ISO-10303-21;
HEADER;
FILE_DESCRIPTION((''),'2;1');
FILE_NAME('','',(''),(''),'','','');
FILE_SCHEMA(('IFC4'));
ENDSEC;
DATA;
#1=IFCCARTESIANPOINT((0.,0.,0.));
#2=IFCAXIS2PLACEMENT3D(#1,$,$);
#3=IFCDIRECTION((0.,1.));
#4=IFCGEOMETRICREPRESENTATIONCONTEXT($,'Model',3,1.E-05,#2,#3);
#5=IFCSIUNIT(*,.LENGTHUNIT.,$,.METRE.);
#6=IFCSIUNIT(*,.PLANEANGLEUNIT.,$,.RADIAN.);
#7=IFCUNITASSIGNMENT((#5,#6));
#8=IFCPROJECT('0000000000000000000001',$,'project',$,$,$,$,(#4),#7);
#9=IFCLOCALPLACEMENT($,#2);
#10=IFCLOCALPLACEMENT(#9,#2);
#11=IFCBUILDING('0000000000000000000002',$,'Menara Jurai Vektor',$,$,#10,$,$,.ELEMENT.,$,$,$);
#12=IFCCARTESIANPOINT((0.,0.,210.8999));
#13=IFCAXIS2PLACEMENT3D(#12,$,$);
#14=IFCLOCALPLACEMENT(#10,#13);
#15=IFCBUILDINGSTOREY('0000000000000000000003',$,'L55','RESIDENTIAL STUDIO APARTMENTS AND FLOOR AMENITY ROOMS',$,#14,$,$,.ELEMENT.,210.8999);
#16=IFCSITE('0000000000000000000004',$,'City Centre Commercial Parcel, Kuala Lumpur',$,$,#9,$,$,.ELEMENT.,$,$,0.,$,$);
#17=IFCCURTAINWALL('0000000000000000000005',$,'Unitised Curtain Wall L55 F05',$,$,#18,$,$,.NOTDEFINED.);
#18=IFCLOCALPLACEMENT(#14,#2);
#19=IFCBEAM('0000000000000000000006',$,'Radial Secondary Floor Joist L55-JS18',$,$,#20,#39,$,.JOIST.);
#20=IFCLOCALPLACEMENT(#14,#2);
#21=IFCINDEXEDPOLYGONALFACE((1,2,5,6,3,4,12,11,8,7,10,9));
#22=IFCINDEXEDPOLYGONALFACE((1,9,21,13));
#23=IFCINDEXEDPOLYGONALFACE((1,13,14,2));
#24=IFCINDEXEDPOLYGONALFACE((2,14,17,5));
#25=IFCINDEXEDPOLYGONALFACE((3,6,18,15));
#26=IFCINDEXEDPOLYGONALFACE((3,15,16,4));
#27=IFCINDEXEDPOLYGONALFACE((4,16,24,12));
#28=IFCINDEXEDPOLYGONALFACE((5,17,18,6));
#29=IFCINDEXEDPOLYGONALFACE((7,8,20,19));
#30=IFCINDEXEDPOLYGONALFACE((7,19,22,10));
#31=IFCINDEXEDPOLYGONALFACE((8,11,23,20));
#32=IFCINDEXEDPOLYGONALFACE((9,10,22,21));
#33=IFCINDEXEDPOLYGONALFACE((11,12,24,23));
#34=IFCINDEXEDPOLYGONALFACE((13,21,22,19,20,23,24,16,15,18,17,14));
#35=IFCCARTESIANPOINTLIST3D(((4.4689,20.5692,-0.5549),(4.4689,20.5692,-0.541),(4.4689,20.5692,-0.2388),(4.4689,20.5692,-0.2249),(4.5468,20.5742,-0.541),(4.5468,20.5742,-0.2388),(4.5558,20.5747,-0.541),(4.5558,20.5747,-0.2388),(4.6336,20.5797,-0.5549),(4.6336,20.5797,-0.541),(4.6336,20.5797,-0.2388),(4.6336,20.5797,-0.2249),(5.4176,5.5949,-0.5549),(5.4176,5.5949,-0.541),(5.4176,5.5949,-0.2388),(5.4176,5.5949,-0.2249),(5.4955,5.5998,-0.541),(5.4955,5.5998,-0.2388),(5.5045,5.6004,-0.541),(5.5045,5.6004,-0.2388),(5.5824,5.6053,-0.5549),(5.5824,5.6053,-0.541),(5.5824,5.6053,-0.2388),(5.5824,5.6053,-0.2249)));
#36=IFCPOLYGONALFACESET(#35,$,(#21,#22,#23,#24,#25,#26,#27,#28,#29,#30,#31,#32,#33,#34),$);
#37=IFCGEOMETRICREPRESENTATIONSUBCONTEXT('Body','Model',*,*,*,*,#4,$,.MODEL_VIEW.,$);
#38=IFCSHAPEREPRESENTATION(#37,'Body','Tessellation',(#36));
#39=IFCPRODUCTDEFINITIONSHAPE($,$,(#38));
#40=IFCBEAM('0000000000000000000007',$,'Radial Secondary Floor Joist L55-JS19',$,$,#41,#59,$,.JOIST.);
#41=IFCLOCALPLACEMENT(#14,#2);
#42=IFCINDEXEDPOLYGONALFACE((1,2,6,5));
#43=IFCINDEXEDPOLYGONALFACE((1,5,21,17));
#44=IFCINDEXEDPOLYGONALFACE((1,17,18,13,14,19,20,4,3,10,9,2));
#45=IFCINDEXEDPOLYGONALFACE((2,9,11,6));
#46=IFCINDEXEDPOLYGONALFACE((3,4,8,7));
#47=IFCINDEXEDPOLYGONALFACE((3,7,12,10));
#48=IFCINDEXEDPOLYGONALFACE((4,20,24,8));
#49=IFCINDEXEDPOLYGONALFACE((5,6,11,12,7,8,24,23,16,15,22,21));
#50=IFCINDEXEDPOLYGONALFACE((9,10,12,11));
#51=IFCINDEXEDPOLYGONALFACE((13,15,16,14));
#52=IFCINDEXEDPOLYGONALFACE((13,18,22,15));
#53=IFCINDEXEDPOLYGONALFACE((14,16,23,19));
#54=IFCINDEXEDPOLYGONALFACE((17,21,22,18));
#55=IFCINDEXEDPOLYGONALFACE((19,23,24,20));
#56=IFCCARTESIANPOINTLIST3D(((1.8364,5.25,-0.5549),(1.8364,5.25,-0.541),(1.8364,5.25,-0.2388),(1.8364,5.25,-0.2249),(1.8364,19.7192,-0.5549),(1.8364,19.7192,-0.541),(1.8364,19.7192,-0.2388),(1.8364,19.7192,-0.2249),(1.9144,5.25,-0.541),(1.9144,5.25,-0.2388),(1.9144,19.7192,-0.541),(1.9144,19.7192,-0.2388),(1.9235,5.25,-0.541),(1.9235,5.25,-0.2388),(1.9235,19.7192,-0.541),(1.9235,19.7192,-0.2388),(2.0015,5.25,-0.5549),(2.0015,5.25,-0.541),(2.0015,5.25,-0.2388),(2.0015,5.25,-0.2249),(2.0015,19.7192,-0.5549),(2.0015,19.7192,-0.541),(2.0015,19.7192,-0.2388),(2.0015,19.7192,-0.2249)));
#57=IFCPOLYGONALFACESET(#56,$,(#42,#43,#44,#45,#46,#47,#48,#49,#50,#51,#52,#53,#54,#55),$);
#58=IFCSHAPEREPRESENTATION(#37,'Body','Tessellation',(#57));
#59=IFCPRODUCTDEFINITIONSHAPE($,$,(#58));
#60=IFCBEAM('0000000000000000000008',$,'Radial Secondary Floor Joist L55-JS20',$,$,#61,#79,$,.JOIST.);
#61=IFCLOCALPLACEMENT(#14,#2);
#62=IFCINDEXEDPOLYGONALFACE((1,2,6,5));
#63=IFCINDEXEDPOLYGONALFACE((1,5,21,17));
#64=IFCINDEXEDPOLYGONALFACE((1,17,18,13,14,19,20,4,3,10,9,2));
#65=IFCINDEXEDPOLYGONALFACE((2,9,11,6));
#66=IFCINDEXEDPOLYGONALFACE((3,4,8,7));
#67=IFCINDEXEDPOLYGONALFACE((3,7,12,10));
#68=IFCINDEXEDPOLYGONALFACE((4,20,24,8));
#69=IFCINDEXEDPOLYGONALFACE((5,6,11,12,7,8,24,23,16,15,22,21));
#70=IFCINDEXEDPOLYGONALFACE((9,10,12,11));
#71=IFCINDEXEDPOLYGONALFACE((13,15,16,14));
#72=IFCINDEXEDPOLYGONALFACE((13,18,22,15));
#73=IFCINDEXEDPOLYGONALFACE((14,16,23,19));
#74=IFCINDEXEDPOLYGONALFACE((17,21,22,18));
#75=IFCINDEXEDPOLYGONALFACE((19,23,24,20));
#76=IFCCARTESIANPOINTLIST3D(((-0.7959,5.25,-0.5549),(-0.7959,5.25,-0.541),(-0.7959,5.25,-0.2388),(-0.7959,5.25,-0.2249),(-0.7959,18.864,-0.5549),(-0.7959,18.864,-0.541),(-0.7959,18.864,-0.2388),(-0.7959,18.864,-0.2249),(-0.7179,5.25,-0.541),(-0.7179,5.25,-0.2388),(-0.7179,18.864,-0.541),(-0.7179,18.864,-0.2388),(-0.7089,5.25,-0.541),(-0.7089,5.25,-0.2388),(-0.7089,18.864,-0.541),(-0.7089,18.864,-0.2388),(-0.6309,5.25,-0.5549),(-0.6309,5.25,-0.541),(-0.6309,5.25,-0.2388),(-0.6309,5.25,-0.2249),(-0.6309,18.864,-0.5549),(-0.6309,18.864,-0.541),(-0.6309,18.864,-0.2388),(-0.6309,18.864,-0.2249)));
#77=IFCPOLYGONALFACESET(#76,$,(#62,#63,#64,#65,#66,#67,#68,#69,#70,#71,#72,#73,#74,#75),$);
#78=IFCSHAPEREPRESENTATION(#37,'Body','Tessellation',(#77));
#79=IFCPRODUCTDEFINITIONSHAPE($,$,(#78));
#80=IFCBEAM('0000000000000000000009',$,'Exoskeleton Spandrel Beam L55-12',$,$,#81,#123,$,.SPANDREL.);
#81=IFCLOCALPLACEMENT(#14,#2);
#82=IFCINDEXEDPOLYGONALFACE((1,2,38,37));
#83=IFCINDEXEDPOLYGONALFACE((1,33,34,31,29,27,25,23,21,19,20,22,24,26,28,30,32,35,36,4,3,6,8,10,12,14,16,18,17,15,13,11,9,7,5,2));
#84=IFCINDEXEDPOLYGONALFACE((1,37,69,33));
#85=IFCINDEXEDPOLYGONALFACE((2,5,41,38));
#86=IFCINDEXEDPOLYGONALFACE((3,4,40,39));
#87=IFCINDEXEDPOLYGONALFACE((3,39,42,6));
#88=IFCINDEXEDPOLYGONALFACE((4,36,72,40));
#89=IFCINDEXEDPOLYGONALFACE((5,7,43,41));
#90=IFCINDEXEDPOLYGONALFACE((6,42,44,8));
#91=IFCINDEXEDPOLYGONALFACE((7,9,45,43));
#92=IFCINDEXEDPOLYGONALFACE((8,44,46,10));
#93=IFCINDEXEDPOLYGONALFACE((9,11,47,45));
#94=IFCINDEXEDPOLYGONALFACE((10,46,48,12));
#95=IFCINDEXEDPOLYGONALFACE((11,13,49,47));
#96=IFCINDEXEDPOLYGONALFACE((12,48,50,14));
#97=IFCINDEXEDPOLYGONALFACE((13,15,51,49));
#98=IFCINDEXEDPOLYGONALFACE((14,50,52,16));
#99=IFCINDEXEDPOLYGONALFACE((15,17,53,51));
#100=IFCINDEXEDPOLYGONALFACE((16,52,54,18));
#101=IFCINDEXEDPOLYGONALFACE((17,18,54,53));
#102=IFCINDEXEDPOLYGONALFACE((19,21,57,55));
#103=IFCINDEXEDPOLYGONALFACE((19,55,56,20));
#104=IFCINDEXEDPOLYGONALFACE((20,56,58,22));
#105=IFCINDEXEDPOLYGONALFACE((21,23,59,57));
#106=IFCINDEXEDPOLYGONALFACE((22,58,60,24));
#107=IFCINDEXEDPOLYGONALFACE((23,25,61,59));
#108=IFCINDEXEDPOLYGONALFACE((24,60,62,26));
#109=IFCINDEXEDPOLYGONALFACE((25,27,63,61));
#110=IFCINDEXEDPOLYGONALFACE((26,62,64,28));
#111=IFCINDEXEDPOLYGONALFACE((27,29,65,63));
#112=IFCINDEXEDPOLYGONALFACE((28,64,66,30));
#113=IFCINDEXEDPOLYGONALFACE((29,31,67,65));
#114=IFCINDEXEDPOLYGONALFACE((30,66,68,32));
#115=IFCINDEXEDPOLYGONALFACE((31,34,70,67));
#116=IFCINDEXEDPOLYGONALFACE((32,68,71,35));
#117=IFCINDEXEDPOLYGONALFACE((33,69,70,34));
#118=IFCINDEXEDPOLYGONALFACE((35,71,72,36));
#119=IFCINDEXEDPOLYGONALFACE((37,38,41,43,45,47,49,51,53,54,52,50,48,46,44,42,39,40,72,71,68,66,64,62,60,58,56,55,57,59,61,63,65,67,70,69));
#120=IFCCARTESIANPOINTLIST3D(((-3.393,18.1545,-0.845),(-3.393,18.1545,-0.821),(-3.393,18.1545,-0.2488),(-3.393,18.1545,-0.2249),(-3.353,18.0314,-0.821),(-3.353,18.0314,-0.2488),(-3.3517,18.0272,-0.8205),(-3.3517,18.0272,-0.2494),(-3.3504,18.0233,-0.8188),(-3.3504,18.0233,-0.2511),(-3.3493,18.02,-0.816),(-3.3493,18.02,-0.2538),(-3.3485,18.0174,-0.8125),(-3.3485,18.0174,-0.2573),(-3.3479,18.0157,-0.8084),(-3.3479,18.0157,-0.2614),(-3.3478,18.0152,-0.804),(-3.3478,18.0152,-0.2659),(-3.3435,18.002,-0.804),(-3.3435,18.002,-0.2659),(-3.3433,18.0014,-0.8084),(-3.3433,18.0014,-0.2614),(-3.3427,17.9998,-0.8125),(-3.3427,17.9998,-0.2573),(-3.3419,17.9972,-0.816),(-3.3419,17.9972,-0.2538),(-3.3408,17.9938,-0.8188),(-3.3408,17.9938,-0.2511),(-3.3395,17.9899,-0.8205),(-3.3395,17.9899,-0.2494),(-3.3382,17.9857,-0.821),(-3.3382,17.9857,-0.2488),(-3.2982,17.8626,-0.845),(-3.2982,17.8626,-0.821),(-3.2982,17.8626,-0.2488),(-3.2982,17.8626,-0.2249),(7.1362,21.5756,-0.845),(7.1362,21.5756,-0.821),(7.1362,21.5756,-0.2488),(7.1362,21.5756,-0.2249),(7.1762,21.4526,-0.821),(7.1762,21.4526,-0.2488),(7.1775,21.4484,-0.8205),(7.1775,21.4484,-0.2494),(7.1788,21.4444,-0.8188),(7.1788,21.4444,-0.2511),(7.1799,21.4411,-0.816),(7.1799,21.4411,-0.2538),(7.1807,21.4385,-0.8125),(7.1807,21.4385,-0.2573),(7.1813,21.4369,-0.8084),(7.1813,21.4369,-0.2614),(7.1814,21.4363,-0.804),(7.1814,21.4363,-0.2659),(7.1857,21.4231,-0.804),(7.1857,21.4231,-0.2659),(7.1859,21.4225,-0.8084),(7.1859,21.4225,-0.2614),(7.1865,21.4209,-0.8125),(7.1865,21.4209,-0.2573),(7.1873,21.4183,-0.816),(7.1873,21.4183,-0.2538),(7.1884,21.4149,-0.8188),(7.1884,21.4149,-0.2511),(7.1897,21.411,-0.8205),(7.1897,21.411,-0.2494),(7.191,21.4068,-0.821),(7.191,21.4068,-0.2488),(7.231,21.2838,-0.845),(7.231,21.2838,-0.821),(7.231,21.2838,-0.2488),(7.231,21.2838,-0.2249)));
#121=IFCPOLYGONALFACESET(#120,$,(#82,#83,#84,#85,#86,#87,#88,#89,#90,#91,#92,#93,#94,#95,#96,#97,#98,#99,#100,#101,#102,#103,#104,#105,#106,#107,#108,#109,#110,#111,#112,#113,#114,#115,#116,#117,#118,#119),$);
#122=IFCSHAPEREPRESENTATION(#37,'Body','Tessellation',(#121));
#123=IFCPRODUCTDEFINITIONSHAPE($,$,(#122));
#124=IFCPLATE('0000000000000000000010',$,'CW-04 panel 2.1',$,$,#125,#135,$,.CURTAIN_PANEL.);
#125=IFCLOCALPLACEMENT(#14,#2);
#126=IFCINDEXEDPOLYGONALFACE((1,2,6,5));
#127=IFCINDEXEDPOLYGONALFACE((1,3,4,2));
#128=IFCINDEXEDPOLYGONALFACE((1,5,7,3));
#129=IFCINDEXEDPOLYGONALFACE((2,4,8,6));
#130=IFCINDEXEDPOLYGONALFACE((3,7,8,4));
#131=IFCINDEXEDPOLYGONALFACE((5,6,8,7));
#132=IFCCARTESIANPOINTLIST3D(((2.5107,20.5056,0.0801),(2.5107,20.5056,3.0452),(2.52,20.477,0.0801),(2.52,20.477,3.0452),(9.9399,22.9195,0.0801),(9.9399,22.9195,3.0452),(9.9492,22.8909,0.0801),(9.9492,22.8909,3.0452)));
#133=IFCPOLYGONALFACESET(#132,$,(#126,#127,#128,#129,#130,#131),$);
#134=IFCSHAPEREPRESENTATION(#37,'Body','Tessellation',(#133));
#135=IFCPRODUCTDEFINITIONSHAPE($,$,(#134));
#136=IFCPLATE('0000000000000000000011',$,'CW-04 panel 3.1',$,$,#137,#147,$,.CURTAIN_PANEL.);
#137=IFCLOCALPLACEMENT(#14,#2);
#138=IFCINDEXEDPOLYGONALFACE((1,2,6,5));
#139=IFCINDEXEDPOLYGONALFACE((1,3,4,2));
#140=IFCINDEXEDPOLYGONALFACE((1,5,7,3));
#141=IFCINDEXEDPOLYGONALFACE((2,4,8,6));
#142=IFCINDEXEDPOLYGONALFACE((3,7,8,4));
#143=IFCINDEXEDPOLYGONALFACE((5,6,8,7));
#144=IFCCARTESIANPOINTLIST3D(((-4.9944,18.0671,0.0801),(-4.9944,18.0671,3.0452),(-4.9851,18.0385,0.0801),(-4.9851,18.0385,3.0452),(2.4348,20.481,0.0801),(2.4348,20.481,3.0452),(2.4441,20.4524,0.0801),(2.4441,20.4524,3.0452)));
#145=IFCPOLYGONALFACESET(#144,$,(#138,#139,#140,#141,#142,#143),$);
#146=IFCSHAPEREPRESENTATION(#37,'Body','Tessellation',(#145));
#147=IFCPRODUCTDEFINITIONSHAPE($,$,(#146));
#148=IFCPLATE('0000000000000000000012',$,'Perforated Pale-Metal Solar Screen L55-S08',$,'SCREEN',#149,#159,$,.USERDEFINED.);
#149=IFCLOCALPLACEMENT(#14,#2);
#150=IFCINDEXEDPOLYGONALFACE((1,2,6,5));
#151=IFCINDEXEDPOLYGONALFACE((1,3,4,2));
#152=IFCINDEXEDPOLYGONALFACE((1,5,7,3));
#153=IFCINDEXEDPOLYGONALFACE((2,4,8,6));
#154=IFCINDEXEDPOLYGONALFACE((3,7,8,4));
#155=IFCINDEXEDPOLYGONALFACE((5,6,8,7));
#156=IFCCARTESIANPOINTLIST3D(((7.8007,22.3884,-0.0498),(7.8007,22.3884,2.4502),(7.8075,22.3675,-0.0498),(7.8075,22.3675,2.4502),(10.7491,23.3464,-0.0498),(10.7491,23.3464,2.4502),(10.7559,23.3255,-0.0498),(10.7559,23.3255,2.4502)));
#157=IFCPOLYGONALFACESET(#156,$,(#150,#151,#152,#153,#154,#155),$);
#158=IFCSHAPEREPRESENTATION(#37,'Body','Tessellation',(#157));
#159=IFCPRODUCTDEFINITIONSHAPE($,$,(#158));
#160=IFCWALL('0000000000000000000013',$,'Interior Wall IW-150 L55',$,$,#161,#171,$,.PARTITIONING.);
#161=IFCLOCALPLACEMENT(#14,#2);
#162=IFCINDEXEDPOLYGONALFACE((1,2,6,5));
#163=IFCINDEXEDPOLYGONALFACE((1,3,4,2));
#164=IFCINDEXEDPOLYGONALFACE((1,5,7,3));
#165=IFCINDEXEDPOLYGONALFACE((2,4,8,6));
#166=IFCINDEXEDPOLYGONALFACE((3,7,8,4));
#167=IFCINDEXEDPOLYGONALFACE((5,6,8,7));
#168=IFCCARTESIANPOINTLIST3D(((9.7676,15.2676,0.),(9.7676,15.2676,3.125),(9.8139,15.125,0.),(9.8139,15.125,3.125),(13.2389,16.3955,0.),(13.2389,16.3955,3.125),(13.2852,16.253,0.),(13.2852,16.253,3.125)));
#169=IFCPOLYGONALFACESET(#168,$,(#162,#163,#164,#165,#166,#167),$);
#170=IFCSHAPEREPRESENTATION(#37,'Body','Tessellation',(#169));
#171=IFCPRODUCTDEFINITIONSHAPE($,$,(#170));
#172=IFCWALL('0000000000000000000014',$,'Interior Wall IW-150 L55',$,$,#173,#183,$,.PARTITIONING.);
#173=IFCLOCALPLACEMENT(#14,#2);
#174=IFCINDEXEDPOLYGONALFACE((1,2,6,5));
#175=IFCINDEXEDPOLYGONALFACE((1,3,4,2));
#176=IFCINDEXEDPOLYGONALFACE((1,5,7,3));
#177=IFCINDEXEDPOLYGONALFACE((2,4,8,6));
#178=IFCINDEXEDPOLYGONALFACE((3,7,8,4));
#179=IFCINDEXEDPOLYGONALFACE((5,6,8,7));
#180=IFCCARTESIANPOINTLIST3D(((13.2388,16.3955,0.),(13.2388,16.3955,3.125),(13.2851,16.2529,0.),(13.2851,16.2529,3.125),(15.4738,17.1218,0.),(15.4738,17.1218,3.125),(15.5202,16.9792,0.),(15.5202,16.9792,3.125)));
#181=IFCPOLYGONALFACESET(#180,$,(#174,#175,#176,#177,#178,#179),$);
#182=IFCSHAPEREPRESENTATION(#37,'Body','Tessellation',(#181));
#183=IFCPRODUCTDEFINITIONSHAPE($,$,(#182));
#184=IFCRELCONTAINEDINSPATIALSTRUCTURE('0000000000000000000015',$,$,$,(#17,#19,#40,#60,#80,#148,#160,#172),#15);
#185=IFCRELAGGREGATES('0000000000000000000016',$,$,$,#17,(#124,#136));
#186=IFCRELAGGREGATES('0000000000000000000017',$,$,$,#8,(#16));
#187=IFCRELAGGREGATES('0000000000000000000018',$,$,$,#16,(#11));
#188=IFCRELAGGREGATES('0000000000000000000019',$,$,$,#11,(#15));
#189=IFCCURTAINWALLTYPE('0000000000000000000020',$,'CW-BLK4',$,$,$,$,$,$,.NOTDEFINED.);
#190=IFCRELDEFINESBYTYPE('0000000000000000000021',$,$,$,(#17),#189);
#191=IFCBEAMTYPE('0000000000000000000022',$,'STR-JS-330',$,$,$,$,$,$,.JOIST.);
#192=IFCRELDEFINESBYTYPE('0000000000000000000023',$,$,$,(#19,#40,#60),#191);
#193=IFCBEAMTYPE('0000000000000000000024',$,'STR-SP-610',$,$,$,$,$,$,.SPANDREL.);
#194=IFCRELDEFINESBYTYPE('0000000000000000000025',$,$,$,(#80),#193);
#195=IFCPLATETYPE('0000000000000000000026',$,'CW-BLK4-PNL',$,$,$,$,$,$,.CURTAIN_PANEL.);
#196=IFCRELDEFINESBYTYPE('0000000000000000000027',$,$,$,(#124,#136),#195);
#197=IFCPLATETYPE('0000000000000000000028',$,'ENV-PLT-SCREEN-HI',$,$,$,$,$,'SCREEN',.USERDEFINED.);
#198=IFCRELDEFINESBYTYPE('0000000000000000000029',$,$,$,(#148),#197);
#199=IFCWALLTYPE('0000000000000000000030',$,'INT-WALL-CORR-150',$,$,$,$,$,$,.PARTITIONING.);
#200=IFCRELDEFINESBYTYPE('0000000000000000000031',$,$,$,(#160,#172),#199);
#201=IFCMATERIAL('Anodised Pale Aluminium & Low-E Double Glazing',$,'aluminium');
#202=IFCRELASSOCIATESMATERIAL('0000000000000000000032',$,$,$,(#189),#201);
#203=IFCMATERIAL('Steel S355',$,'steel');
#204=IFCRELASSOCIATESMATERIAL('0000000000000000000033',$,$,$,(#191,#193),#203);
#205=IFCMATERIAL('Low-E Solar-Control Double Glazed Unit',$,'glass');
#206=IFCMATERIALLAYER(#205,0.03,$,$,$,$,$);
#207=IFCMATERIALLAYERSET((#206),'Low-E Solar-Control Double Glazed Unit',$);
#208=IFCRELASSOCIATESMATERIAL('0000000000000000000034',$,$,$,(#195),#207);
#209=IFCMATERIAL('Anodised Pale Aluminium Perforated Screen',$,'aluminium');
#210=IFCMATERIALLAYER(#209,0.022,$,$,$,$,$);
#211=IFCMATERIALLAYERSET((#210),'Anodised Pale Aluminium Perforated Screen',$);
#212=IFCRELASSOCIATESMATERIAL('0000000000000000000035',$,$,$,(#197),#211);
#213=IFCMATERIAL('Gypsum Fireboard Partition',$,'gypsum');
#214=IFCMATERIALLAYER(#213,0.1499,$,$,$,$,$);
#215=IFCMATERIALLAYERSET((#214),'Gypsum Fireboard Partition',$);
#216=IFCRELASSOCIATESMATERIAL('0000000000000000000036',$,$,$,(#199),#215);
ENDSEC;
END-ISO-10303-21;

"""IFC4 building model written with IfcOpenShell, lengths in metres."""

from ifc_helpers import new_model, si_unit, direction, frame, frame_2d, origin, origin_2d, place, context, subcontext, project, spatial, rectangle, i_section, extrude, material, layer, layer_set, material_profile, profile_set, type_object, element, aggregate, save


model = new_model("IFC4")

# Units and contexts
model_context = context("Model", 3, precision=1e-05, world=origin(), true_north=direction((0.0, 1.0)))
body_context = subcontext(model_context, "Body", "Model", "MODEL_VIEW")
ifc_project = project(units=[si_unit("LENGTHUNIT", "METRE"), si_unit("PLANEANGLEUNIT", "RADIAN")], contexts=[model_context])

# Site, building, storey
site_placement = place(None, origin())
site = spatial("IfcSite", under=ifc_project, at=site_placement, Name="City Centre Commercial Parcel, Kuala Lumpur", CompositionType="ELEMENT", RefElevation=0.0)
building_placement = place(site_placement, origin())
building = spatial("IfcBuilding", under=site, at=building_placement, Name="Menara Jurai Vektor", CompositionType="ELEMENT")
storey_placement = place(building_placement, frame((0.0, 0.0, 210.8999)))
storey = spatial("IfcBuildingStorey", under=building, at=storey_placement, Name="L55", Description="RESIDENTIAL STUDIO APARTMENTS AND FLOOR AMENITY ROOMS", CompositionType="ELEMENT", Elevation=210.8999)

# Curtain wall
ifc_material_1 = material(Name="Anodised Pale Aluminium & Low-E Double Glazing", Category="aluminium")
curtain_wall_type = type_object("IfcCurtainWallType", Name="CW-BLK4", PredefinedType="NOTDEFINED", material=ifc_material_1)
curtain_wall_placement = place(storey_placement, origin())
curtain_wall = element("IfcCurtainWall", 1, at=curtain_wall_placement, inside=storey, type_object=curtain_wall_type, Name="Unitised Curtain Wall L55 F05", PredefinedType="NOTDEFINED")

# Beams
ifc_material_2 = material(Name="Steel S355", Category="steel")
ifc_material_profile_1 = material_profile(ifc_material_2, i_section(OverallWidth=0.165, OverallDepth=0.3301, WebThickness=0.009, FlangeThickness=0.0139, at=origin_2d()), Name="PG 330x165x46")
ifc_profile_set_1 = profile_set([ifc_material_profile_1], Name="Steel S355")
beam_type_1 = type_object("IfcBeamType", Name="STR-JS-330", PredefinedType="JOIST", material=ifc_profile_set_1)
beam_1_placement = place(storey_placement, frame((4.5513, 20.5745, -0.3899), z_axis=(0.06323, -0.997999, 0.0), x_axis=(0.997999, 0.06323, 0.0)))
element("IfcBeam", 2, at=beam_1_placement, inside=storey, type_object=beam_type_1, Name="Radial Secondary Floor Joist L55-JS18", PredefinedType="JOIST", context=body_context, shape_type="SweptSolid", body=[
    extrude(i_section(OverallWidth=0.165, OverallDepth=0.3301, WebThickness=0.009, FlangeThickness=0.0139, at=origin_2d()), origin(), (0.0, 0.0, 1.0), 15.0044),
])
beam_2_placement = place(storey_placement, frame((1.9189, 19.7192, -0.3899), z_axis=(0.0, -1.0, 0.0), x_axis=(1.0, 0.0, 0.0)))
element("IfcBeam", 3, at=beam_2_placement, inside=storey, type_object=beam_type_1, Name="Radial Secondary Floor Joist L55-JS19", PredefinedType="JOIST", context=body_context, shape_type="SweptSolid", body=[
    extrude(i_section(OverallWidth=0.165, OverallDepth=0.3301, WebThickness=0.009, FlangeThickness=0.0139, at=origin_2d()), origin(), (0.0, 0.0, 1.0), 14.4692),
])
beam_3_placement = place(storey_placement, frame((-0.7134, 18.864, -0.3899), z_axis=(0.0, -1.0, 0.0), x_axis=(1.0, 0.0, 0.0)))
element("IfcBeam", 4, at=beam_3_placement, inside=storey, type_object=beam_type_1, Name="Radial Secondary Floor Joist L55-JS20", PredefinedType="JOIST", context=body_context, shape_type="SweptSolid", body=[
    extrude(i_section(OverallWidth=0.165, OverallDepth=0.3301, WebThickness=0.009, FlangeThickness=0.0139, at=origin_2d()), origin(), (0.0, 0.0, 1.0), 13.614),
])
ifc_material_profile_2 = material_profile(ifc_material_2, i_section(OverallWidth=0.3069, OverallDepth=0.6201, WebThickness=0.0139, FlangeThickness=0.0239, FilletRadius=0.0171, at=origin_2d()), Name="UKB 610x305x179")
ifc_profile_set_2 = profile_set([ifc_material_profile_2], Name="Steel S355")
beam_type_2 = type_object("IfcBeamType", Name="STR-SP-610", PredefinedType="SPANDREL", material=ifc_profile_set_2)
beam_4_placement = place(storey_placement, frame((7.1836, 21.4297, -0.5349), z_axis=(-0.951057, -0.309014, 0.0), x_axis=(0.309014, -0.951057, 0.0)))
element("IfcBeam", 5, at=beam_4_placement, inside=storey, type_object=beam_type_2, Name="Exoskeleton Spandrel Beam L55-12", PredefinedType="SPANDREL", context=body_context, shape_type="SweptSolid", body=[
    extrude(i_section(OverallWidth=0.3069, OverallDepth=0.6201, WebThickness=0.0139, FlangeThickness=0.0239, FilletRadius=0.0171, at=origin_2d()), origin(), (0.0, 0.0, 1.0), 11.071),
])

# Plates
ifc_material_3 = material(Name="Low-E Solar-Control Double Glazed Unit", Category="glass")
ifc_layer_1 = layer(ifc_material_3, 0.03)
ifc_layer_set_1 = layer_set([ifc_layer_1], Name="Low-E Solar-Control Double Glazed Unit")
plate_type_1 = type_object("IfcPlateType", Name="CW-BLK4-PNL", PredefinedType="CURTAIN_PANEL", material=ifc_layer_set_1)
plate_1_placement = place(storey_placement, frame((6.23, 21.6982, 0.0801), z_axis=(0.0, 0.0, 1.0), x_axis=(-0.951056, -0.309017, 0.0)))
plate_1 = element("IfcPlate", 6, at=plate_1_placement, type_object=plate_type_1, Name="CW-04 panel 2.1", PredefinedType="CURTAIN_PANEL", context=body_context, shape_type="SweptSolid", body=[
    extrude(rectangle(XDim=7.8115, YDim=0.03, at=origin_2d()), origin(), (0.0, 0.0, 1.0), 2.9651),
])
plate_2_placement = place(storey_placement, frame((-1.2751, 19.2598, 0.0801), z_axis=(0.0, 0.0, 1.0), x_axis=(-0.951056, -0.309017, 0.0)))
plate_2 = element("IfcPlate", 7, at=plate_2_placement, type_object=plate_type_1, Name="CW-04 panel 3.1", PredefinedType="CURTAIN_PANEL", context=body_context, shape_type="SweptSolid", body=[
    extrude(rectangle(XDim=7.8115, YDim=0.03, at=origin_2d()), origin(), (0.0, 0.0, 1.0), 2.9651),
])
aggregate(curtain_wall, [plate_1, plate_2])
ifc_material_4 = material(Name="Anodised Pale Aluminium Perforated Screen", Category="aluminium")
ifc_layer_2 = layer(ifc_material_4, 0.022)
ifc_layer_set_2 = layer_set([ifc_layer_2], Name="Anodised Pale Aluminium Perforated Screen")
plate_type_2 = type_object("IfcPlateType", Name="ENV-PLT-SCREEN-HI", ElementType="SCREEN", PredefinedType="USERDEFINED", material=ifc_layer_set_2)
plate_3_placement = place(storey_placement, frame((9.2783, 22.8569, -0.0498), z_axis=(0.0, 0.0, 1.0), x_axis=(-0.951057, -0.309017, 0.0)))
element("IfcPlate", 8, at=plate_3_placement, inside=storey, type_object=plate_type_2, Name="Perforated Pale-Metal Solar Screen L55-S08", ObjectType="SCREEN", PredefinedType="USERDEFINED", context=body_context, shape_type="SweptSolid", body=[
    extrude(rectangle(XDim=3.1001, YDim=0.022, at=origin_2d()), origin(), (0.0, 0.0, 1.0), 2.5),
])

# Walls
ifc_material_5 = material(Name="Gypsum Fireboard Partition", Category="gypsum")
ifc_layer_3 = layer(ifc_material_5, 0.1499)
ifc_layer_set_3 = layer_set([ifc_layer_3], Name="Gypsum Fireboard Partition")
wall_type = type_object("IfcWallType", Name="INT-WALL-CORR-150", PredefinedType="PARTITIONING", material=ifc_layer_set_3)
wall_1_placement = place(storey_placement, frame((9.7908, 15.1963, 0.0), z_axis=(0.0, 0.0, 1.0), x_axis=(0.951051, 0.309035, 0.0)))
element("IfcWall", 9, at=wall_1_placement, inside=storey, type_object=wall_type, Name="Interior Wall IW-150 L55", PredefinedType="PARTITIONING", context=body_context, shape_type="SweptSolid", body=[
    extrude(rectangle(XDim=3.6499, YDim=0.1499, at=frame_2d((1.825, 0.0))), origin(), (0.0, 0.0, 1.0), 3.125),
])
wall_2_placement = place(storey_placement, frame((13.262, 16.3242, 0.0), z_axis=(0.0, 0.0, 1.0), x_axis=(0.951046, 0.309051, 0.0)))
element("IfcWall", 10, at=wall_2_placement, inside=storey, type_object=wall_type, Name="Interior Wall IW-150 L55", PredefinedType="PARTITIONING", context=body_context, shape_type="SweptSolid", body=[
    extrude(rectangle(XDim=2.3501, YDim=0.1499, at=frame_2d((1.175, 0.0))), origin(), (0.0, 0.0, 1.0), 3.125),
])

save(model, "model.ifc")
